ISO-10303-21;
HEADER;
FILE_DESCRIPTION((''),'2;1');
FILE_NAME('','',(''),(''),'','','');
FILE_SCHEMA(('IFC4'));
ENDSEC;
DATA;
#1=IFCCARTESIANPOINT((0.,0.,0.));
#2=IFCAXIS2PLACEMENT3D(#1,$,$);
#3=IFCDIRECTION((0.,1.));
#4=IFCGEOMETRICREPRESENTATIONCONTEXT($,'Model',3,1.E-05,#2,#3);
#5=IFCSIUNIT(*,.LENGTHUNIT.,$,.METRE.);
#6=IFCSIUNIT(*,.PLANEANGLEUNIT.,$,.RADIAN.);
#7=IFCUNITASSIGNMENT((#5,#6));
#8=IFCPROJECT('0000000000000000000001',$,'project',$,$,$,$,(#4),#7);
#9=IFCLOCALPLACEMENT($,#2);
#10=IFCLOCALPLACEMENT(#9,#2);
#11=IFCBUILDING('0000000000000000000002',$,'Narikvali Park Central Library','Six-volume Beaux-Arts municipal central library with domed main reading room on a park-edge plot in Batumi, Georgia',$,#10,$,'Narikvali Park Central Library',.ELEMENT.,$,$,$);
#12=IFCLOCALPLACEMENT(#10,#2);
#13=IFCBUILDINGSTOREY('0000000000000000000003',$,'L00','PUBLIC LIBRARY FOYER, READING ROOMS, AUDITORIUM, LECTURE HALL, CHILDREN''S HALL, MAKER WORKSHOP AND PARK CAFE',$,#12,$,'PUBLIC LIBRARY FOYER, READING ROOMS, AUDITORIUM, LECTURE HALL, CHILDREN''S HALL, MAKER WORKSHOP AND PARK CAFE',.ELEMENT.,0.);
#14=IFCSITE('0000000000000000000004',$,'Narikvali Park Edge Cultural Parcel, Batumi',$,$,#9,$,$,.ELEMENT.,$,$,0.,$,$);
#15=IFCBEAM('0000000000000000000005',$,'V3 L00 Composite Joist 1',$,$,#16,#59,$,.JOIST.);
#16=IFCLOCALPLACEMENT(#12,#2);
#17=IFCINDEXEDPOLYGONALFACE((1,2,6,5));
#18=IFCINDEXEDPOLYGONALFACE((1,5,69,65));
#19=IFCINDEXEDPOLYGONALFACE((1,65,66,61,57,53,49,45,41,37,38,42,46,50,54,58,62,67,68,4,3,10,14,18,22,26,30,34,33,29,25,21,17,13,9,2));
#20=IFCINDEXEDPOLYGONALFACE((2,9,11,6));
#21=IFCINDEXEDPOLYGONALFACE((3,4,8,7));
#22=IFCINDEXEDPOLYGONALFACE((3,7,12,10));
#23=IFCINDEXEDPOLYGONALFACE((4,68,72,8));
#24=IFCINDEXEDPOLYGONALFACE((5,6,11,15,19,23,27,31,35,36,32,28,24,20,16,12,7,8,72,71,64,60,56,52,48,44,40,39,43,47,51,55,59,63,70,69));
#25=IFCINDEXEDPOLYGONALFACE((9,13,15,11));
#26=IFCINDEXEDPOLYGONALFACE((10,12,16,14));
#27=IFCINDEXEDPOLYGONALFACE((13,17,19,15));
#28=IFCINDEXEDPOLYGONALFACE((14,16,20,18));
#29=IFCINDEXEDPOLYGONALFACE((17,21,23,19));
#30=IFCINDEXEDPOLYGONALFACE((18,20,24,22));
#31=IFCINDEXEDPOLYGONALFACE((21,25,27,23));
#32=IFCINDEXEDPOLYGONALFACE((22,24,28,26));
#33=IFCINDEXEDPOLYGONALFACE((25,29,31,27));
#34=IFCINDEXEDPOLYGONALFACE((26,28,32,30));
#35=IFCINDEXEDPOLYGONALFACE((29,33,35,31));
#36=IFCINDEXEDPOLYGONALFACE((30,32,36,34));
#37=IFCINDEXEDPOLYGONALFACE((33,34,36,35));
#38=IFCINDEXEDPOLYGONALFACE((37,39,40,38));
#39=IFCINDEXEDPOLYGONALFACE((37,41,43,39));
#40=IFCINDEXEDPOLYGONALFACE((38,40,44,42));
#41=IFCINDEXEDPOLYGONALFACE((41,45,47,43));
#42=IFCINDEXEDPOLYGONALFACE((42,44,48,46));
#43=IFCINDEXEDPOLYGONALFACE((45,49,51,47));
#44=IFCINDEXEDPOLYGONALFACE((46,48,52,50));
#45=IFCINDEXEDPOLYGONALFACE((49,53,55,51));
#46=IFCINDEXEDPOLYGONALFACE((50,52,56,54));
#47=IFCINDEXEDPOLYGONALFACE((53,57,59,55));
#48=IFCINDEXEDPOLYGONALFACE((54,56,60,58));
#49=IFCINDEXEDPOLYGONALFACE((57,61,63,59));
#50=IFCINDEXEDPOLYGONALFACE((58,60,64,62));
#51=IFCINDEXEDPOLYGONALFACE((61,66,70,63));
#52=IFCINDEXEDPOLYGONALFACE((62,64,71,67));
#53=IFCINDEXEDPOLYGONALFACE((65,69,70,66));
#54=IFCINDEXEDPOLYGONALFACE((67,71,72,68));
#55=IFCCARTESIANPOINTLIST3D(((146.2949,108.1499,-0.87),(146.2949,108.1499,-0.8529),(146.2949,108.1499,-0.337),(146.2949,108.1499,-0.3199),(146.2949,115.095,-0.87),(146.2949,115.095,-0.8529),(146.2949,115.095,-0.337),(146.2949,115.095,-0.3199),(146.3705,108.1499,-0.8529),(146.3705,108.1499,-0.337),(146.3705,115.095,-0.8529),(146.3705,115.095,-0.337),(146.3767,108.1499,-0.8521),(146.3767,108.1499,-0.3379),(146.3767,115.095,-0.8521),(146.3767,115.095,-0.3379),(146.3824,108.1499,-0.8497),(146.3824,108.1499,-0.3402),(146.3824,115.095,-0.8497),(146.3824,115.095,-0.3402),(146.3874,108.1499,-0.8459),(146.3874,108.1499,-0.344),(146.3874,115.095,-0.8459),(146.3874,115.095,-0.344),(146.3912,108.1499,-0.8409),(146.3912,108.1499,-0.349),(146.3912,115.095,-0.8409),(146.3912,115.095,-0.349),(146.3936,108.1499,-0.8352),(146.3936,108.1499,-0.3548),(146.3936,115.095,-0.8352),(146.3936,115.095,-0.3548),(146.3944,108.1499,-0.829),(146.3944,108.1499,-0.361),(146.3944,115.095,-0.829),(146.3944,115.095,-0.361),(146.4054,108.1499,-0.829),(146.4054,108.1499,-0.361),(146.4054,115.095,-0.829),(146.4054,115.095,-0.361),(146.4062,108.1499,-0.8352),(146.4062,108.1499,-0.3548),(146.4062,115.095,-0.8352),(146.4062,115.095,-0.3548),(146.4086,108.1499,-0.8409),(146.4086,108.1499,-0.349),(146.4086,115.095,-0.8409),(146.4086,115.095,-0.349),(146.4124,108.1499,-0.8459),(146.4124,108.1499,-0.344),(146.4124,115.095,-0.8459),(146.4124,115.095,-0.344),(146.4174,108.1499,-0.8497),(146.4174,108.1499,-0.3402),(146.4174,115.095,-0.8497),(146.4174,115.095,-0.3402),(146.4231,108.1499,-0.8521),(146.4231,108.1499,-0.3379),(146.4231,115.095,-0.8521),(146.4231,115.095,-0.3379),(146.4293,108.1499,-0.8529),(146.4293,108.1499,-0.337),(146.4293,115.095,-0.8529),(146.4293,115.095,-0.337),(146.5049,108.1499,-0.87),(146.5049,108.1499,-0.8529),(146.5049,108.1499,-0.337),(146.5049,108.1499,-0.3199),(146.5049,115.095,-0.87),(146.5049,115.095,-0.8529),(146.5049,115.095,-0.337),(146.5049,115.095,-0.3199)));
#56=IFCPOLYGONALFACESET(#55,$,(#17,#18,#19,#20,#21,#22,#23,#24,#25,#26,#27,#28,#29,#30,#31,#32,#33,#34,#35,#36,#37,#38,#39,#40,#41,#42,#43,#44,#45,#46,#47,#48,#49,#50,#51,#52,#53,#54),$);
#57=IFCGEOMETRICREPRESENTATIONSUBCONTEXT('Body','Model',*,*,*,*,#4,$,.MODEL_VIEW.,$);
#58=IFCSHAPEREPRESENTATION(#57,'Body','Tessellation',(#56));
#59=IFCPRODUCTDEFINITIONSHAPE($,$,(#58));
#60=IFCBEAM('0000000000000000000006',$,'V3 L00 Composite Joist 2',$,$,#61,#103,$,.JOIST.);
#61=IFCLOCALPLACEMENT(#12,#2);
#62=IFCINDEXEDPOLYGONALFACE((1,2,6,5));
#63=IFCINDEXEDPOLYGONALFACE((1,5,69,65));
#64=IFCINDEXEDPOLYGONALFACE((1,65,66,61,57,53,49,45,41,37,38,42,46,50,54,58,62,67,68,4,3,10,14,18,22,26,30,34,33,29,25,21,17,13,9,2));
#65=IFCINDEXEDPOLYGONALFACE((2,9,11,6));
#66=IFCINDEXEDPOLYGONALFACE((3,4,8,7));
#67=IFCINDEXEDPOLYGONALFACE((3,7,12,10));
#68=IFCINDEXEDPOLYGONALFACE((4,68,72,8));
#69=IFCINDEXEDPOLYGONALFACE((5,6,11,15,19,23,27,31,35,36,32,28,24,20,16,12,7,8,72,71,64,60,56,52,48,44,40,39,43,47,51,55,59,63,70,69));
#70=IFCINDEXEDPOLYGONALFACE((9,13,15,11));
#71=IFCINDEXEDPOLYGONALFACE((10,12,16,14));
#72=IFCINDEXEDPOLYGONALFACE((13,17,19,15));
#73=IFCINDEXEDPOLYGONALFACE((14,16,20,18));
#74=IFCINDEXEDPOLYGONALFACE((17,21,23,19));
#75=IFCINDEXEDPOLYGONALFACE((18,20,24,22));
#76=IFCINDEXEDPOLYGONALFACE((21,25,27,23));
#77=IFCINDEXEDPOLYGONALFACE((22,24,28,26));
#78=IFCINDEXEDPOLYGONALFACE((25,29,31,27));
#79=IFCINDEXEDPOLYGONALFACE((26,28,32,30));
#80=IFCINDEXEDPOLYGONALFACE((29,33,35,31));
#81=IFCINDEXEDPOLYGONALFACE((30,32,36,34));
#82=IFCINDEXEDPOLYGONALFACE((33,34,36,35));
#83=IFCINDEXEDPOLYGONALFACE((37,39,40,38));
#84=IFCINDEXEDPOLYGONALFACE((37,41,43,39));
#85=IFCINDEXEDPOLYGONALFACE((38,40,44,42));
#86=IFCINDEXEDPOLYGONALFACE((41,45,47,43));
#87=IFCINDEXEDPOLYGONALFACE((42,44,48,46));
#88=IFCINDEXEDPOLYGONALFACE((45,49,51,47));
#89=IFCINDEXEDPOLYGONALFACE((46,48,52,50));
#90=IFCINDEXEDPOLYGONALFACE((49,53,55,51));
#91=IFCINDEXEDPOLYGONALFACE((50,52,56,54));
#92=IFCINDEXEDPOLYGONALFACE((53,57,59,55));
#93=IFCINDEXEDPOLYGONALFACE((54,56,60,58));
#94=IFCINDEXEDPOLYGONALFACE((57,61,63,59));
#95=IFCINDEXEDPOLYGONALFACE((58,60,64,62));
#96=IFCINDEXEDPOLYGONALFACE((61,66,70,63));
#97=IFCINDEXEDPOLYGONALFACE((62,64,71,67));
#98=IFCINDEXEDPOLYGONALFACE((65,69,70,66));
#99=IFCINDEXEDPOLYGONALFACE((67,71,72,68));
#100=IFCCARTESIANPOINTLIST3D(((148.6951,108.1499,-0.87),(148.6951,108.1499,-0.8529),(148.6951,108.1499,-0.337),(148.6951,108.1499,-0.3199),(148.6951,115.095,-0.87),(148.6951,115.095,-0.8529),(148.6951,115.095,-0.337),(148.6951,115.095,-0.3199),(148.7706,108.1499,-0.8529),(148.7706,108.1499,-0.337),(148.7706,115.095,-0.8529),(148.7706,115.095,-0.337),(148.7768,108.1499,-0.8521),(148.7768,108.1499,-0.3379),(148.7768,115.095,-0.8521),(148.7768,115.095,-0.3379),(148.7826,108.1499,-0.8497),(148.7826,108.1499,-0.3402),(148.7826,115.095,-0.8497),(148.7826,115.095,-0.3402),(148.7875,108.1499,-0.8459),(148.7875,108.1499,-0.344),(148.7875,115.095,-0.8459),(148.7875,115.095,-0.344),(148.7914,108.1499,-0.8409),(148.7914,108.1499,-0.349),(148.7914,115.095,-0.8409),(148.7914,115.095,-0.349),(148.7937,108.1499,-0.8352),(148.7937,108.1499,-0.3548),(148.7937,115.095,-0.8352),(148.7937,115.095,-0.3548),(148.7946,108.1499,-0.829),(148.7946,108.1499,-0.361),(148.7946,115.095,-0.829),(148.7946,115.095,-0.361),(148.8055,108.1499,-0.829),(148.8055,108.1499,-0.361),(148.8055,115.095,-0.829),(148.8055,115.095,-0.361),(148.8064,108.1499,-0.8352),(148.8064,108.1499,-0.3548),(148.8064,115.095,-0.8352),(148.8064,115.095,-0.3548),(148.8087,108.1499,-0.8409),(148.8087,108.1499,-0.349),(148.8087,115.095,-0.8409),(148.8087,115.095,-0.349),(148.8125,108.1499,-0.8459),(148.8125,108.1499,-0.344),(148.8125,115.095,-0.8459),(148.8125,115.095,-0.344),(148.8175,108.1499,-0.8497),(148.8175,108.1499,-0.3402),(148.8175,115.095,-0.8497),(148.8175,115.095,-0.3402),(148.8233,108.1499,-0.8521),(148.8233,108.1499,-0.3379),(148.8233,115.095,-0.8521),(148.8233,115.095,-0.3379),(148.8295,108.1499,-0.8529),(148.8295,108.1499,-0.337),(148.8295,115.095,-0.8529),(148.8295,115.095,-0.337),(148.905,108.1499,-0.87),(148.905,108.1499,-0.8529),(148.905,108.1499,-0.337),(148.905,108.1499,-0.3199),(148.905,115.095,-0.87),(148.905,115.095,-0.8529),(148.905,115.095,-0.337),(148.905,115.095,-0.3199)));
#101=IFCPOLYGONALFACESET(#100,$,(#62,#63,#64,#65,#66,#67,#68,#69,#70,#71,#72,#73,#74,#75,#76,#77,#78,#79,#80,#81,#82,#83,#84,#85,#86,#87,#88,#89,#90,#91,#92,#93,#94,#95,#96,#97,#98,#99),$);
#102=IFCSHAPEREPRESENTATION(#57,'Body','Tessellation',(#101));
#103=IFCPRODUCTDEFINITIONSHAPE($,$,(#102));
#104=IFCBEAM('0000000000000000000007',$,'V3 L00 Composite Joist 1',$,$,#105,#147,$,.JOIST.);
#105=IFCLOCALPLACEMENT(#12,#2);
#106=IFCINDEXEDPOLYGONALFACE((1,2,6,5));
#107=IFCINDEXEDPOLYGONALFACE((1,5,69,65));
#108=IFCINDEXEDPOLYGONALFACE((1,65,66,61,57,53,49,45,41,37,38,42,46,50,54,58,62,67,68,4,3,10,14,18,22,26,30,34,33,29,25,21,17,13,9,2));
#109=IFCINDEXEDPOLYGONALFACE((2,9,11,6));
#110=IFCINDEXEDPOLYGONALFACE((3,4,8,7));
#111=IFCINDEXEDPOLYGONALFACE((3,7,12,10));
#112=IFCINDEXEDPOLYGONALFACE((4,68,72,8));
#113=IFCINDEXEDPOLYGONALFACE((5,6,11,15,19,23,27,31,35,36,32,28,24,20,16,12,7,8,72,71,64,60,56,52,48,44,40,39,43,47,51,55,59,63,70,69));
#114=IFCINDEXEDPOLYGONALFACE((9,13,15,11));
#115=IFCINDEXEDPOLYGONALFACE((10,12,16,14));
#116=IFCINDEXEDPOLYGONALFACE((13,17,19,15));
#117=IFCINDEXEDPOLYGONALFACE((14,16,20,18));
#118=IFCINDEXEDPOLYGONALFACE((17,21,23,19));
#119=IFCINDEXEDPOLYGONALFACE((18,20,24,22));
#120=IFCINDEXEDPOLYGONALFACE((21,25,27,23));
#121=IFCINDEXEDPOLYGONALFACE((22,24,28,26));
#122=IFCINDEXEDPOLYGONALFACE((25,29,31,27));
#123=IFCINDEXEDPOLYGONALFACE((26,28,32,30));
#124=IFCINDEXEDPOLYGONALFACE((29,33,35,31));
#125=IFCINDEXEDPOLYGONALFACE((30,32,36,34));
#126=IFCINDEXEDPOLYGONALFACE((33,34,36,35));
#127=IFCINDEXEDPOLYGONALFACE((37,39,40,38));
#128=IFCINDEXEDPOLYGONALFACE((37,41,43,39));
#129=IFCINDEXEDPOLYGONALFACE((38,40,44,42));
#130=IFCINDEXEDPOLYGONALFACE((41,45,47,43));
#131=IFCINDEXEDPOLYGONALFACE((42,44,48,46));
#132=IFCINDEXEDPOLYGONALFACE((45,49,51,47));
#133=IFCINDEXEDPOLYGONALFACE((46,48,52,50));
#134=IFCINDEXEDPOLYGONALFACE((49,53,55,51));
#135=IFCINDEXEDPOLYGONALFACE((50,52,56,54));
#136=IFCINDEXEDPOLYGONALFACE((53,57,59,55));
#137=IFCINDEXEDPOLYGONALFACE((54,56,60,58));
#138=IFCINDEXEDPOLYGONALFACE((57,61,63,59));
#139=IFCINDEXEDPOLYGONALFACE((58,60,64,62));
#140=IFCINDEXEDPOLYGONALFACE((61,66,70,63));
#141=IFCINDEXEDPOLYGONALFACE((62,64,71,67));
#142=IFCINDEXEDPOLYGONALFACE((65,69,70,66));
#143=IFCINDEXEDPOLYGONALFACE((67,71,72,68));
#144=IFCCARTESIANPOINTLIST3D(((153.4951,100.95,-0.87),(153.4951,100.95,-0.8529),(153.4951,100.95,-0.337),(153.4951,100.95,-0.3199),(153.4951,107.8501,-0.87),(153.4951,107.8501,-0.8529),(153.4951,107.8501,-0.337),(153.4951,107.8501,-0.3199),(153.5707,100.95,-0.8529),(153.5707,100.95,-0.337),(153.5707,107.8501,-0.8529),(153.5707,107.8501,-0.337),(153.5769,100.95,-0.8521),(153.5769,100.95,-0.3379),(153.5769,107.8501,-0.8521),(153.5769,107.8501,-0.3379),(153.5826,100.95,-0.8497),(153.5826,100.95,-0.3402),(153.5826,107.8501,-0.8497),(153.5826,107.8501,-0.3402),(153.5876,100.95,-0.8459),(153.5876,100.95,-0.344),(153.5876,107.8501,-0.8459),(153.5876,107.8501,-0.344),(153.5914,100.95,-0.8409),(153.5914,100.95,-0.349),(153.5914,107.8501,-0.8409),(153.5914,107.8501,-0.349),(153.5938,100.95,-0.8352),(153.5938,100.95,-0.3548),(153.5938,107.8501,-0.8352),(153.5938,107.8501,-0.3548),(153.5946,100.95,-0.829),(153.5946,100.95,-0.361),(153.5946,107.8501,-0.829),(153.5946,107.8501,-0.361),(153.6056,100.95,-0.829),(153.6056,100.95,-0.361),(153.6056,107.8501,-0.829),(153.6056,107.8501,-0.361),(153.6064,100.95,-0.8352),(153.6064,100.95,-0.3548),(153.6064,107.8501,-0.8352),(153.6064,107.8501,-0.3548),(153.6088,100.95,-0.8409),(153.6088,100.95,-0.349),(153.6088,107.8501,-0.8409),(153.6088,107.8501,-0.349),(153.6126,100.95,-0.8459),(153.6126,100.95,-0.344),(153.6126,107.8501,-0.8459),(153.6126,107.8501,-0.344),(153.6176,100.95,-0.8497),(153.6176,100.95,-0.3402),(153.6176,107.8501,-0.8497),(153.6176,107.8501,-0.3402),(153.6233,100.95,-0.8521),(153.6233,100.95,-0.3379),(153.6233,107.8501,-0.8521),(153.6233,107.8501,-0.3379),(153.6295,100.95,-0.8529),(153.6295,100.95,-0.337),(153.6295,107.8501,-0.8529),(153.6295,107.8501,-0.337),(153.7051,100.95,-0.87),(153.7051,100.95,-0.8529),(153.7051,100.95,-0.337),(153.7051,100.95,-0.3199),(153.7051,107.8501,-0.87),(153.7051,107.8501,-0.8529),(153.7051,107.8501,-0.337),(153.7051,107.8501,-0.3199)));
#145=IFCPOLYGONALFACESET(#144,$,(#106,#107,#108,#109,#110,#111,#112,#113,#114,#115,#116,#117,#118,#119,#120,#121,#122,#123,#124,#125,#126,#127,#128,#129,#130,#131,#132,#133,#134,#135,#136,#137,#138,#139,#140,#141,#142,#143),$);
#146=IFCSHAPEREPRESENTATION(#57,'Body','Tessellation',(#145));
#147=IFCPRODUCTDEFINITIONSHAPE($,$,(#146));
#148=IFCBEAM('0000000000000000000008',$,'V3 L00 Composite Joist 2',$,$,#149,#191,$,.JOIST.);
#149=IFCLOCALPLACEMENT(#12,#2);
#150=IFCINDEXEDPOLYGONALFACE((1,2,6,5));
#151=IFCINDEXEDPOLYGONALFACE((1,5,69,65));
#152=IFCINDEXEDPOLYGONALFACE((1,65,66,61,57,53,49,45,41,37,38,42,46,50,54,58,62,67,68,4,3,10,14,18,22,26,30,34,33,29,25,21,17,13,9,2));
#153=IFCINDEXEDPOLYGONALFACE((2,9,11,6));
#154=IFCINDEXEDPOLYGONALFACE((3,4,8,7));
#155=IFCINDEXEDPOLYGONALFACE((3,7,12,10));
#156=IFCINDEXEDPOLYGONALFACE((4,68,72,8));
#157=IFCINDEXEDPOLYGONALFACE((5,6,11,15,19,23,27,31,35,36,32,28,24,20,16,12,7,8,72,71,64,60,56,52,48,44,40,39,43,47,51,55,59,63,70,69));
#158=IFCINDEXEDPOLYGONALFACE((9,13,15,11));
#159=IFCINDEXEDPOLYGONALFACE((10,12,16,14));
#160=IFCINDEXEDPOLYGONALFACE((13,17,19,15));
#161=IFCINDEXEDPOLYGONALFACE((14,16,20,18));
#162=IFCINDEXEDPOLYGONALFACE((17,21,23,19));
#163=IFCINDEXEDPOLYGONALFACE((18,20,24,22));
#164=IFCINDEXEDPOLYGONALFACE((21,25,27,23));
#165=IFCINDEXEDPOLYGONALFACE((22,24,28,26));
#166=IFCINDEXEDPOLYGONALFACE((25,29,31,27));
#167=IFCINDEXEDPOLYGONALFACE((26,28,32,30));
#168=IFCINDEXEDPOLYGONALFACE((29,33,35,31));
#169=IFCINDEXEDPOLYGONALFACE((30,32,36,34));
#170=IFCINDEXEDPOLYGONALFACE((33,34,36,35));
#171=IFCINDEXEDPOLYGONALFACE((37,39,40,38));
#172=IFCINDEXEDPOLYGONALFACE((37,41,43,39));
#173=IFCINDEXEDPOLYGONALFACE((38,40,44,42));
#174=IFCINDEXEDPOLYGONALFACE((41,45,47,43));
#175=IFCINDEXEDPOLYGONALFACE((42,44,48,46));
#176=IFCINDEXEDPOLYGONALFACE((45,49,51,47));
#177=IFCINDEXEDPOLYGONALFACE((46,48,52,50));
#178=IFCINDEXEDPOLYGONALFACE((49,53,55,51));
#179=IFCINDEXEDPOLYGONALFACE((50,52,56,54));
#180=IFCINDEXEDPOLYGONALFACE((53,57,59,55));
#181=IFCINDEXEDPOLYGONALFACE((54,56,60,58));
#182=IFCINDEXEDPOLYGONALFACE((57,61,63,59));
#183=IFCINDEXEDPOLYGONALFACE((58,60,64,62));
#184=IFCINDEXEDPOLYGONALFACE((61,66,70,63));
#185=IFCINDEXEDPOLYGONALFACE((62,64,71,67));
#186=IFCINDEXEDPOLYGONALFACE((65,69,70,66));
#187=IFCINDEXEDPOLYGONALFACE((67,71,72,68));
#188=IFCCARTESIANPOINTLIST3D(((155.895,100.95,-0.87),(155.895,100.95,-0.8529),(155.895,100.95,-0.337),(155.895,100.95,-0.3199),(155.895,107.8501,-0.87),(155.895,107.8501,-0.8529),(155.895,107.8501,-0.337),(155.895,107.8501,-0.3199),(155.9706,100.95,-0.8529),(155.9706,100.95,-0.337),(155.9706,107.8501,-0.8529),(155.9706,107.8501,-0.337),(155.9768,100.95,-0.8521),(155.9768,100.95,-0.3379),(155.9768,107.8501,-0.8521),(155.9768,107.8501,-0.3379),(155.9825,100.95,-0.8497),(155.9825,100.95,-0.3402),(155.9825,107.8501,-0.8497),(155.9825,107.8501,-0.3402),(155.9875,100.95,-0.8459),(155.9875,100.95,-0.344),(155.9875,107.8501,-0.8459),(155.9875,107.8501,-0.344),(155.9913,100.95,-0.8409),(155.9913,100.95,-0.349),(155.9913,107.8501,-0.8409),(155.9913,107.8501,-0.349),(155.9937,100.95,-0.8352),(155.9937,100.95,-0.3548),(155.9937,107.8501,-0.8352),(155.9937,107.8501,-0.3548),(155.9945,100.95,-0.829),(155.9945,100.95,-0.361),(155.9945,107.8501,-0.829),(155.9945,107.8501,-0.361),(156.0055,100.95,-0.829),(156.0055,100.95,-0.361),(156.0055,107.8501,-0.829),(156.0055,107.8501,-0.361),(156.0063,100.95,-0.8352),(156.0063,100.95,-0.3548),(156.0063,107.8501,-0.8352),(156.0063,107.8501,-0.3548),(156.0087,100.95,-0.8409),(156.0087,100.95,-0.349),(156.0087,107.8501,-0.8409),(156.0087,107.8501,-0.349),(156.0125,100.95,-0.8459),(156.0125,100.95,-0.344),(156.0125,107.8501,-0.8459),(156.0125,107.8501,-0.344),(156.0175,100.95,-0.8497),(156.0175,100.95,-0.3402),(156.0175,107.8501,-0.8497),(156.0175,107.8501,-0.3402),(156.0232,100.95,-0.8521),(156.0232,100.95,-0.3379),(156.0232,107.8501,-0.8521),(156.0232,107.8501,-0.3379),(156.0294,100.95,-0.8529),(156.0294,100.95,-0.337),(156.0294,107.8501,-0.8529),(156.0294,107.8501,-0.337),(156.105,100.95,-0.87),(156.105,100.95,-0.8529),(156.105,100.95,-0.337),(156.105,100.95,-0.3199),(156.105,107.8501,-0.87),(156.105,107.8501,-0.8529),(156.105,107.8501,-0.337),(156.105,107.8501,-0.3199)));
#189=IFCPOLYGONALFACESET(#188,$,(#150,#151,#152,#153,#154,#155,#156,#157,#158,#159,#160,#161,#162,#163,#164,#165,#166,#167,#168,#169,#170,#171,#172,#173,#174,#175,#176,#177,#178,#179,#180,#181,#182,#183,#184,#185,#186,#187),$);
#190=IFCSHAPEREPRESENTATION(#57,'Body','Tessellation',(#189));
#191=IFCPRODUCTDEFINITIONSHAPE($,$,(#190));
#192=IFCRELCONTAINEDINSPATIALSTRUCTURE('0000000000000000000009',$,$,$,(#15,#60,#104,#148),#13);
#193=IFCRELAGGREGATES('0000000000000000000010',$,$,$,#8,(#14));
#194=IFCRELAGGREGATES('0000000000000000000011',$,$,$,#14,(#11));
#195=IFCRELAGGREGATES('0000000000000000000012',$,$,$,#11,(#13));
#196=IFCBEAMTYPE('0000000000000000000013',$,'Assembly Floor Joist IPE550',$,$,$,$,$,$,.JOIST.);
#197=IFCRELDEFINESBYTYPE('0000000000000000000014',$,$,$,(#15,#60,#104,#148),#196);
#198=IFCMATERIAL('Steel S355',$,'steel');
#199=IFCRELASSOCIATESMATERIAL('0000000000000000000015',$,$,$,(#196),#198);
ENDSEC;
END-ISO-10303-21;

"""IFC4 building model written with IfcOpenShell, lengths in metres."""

from ifc_helpers import new_model, si_unit, direction, frame, origin, origin_2d, place, context, subcontext, project, spatial, i_section, extrude, material, material_profile, profile_set, type_object, element, save


model = new_model("IFC4")

# Units and contexts
model_context = context("Model", 3, precision=1e-05, world=origin(), true_north=direction((0.0, 1.0)))
body_context = subcontext(model_context, "Body", "Model", "MODEL_VIEW")
ifc_project = project(units=[si_unit("LENGTHUNIT", "METRE"), si_unit("PLANEANGLEUNIT", "RADIAN")], contexts=[model_context])

# Site, building, storey
site_placement = place(None, origin())
site = spatial("IfcSite", under=ifc_project, at=site_placement, Name="Narikvali Park Edge Cultural Parcel, Batumi", CompositionType="ELEMENT", RefElevation=0.0)
building_placement = place(site_placement, origin())
building = spatial("IfcBuilding", under=site, at=building_placement, Name="Narikvali Park Central Library", Description="Six-volume Beaux-Arts municipal central library with domed main reading room on a park-edge plot in Batumi, Georgia", LongName="Narikvali Park Central Library", CompositionType="ELEMENT")
storey_placement = place(building_placement, origin())
storey = spatial("IfcBuildingStorey", under=building, at=storey_placement, Name="L00", Description="PUBLIC LIBRARY FOYER, READING ROOMS, AUDITORIUM, LECTURE HALL, CHILDREN'S HALL, MAKER WORKSHOP AND PARK CAFE", LongName="PUBLIC LIBRARY FOYER, READING ROOMS, AUDITORIUM, LECTURE HALL, CHILDREN'S HALL, MAKER WORKSHOP AND PARK CAFE", CompositionType="ELEMENT", Elevation=0.0)

# Shared definitions
ifc_material_1 = material(Name="Steel S355", Category="steel")

# Beams
ifc_material_profile_1 = material_profile(ifc_material_1, i_section(OverallWidth=0.21, OverallDepth=0.55, WebThickness=0.011, FlangeThickness=0.0171, FilletRadius=0.0239, at=origin_2d()), Name="IPE 550")
ifc_profile_set_1 = profile_set([ifc_material_profile_1], Name="Steel S355")
beam_type_1 = type_object("IfcBeamType", Name="Assembly Floor Joist IPE550", PredefinedType="JOIST", material=ifc_profile_set_1)
for number, where, z_axis, x_axis, name in (
    (1, (146.3999, 108.1499, -0.595), (0.0, 1.0, 0.0), (-1.0, 0.0, 0.0), "V3 L00 Composite Joist 1"),
    (2, (148.8, 108.1499, -0.595), (0.0, 1.0, 0.0), (-1.0, 0.0, 0.0), "V3 L00 Composite Joist 2"),
):
    element("IfcBeam", number, at=place(storey_placement, frame(where, z_axis=z_axis, x_axis=x_axis)), inside=storey, type_object=beam_type_1, Name=name, PredefinedType="JOIST", context=body_context, shape_type="SweptSolid", body=[
        extrude(i_section(OverallWidth=0.21, OverallDepth=0.55, WebThickness=0.011, FlangeThickness=0.0171, FilletRadius=0.0239, at=origin_2d()), origin(), (0.0, 0.0, 1.0), 6.9451),
    ])
for number, where, z_axis, x_axis, name in (
    (3, (153.6001, 100.95, -0.595), (0.0, 1.0, 0.0), (-1.0, 0.0, 0.0), "V3 L00 Composite Joist 1"),
    (4, (156.0, 100.95, -0.595), (0.0, 1.0, 0.0), (-1.0, 0.0, 0.0), "V3 L00 Composite Joist 2"),
):
    element("IfcBeam", number, at=place(storey_placement, frame(where, z_axis=z_axis, x_axis=x_axis)), inside=storey, type_object=beam_type_1, Name=name, PredefinedType="JOIST", context=body_context, shape_type="SweptSolid", body=[
        extrude(i_section(OverallWidth=0.21, OverallDepth=0.55, WebThickness=0.011, FlangeThickness=0.0171, FilletRadius=0.0239, at=origin_2d()), origin(), (0.0, 0.0, 1.0), 6.9001),
    ])

save(model, "model.ifc")
